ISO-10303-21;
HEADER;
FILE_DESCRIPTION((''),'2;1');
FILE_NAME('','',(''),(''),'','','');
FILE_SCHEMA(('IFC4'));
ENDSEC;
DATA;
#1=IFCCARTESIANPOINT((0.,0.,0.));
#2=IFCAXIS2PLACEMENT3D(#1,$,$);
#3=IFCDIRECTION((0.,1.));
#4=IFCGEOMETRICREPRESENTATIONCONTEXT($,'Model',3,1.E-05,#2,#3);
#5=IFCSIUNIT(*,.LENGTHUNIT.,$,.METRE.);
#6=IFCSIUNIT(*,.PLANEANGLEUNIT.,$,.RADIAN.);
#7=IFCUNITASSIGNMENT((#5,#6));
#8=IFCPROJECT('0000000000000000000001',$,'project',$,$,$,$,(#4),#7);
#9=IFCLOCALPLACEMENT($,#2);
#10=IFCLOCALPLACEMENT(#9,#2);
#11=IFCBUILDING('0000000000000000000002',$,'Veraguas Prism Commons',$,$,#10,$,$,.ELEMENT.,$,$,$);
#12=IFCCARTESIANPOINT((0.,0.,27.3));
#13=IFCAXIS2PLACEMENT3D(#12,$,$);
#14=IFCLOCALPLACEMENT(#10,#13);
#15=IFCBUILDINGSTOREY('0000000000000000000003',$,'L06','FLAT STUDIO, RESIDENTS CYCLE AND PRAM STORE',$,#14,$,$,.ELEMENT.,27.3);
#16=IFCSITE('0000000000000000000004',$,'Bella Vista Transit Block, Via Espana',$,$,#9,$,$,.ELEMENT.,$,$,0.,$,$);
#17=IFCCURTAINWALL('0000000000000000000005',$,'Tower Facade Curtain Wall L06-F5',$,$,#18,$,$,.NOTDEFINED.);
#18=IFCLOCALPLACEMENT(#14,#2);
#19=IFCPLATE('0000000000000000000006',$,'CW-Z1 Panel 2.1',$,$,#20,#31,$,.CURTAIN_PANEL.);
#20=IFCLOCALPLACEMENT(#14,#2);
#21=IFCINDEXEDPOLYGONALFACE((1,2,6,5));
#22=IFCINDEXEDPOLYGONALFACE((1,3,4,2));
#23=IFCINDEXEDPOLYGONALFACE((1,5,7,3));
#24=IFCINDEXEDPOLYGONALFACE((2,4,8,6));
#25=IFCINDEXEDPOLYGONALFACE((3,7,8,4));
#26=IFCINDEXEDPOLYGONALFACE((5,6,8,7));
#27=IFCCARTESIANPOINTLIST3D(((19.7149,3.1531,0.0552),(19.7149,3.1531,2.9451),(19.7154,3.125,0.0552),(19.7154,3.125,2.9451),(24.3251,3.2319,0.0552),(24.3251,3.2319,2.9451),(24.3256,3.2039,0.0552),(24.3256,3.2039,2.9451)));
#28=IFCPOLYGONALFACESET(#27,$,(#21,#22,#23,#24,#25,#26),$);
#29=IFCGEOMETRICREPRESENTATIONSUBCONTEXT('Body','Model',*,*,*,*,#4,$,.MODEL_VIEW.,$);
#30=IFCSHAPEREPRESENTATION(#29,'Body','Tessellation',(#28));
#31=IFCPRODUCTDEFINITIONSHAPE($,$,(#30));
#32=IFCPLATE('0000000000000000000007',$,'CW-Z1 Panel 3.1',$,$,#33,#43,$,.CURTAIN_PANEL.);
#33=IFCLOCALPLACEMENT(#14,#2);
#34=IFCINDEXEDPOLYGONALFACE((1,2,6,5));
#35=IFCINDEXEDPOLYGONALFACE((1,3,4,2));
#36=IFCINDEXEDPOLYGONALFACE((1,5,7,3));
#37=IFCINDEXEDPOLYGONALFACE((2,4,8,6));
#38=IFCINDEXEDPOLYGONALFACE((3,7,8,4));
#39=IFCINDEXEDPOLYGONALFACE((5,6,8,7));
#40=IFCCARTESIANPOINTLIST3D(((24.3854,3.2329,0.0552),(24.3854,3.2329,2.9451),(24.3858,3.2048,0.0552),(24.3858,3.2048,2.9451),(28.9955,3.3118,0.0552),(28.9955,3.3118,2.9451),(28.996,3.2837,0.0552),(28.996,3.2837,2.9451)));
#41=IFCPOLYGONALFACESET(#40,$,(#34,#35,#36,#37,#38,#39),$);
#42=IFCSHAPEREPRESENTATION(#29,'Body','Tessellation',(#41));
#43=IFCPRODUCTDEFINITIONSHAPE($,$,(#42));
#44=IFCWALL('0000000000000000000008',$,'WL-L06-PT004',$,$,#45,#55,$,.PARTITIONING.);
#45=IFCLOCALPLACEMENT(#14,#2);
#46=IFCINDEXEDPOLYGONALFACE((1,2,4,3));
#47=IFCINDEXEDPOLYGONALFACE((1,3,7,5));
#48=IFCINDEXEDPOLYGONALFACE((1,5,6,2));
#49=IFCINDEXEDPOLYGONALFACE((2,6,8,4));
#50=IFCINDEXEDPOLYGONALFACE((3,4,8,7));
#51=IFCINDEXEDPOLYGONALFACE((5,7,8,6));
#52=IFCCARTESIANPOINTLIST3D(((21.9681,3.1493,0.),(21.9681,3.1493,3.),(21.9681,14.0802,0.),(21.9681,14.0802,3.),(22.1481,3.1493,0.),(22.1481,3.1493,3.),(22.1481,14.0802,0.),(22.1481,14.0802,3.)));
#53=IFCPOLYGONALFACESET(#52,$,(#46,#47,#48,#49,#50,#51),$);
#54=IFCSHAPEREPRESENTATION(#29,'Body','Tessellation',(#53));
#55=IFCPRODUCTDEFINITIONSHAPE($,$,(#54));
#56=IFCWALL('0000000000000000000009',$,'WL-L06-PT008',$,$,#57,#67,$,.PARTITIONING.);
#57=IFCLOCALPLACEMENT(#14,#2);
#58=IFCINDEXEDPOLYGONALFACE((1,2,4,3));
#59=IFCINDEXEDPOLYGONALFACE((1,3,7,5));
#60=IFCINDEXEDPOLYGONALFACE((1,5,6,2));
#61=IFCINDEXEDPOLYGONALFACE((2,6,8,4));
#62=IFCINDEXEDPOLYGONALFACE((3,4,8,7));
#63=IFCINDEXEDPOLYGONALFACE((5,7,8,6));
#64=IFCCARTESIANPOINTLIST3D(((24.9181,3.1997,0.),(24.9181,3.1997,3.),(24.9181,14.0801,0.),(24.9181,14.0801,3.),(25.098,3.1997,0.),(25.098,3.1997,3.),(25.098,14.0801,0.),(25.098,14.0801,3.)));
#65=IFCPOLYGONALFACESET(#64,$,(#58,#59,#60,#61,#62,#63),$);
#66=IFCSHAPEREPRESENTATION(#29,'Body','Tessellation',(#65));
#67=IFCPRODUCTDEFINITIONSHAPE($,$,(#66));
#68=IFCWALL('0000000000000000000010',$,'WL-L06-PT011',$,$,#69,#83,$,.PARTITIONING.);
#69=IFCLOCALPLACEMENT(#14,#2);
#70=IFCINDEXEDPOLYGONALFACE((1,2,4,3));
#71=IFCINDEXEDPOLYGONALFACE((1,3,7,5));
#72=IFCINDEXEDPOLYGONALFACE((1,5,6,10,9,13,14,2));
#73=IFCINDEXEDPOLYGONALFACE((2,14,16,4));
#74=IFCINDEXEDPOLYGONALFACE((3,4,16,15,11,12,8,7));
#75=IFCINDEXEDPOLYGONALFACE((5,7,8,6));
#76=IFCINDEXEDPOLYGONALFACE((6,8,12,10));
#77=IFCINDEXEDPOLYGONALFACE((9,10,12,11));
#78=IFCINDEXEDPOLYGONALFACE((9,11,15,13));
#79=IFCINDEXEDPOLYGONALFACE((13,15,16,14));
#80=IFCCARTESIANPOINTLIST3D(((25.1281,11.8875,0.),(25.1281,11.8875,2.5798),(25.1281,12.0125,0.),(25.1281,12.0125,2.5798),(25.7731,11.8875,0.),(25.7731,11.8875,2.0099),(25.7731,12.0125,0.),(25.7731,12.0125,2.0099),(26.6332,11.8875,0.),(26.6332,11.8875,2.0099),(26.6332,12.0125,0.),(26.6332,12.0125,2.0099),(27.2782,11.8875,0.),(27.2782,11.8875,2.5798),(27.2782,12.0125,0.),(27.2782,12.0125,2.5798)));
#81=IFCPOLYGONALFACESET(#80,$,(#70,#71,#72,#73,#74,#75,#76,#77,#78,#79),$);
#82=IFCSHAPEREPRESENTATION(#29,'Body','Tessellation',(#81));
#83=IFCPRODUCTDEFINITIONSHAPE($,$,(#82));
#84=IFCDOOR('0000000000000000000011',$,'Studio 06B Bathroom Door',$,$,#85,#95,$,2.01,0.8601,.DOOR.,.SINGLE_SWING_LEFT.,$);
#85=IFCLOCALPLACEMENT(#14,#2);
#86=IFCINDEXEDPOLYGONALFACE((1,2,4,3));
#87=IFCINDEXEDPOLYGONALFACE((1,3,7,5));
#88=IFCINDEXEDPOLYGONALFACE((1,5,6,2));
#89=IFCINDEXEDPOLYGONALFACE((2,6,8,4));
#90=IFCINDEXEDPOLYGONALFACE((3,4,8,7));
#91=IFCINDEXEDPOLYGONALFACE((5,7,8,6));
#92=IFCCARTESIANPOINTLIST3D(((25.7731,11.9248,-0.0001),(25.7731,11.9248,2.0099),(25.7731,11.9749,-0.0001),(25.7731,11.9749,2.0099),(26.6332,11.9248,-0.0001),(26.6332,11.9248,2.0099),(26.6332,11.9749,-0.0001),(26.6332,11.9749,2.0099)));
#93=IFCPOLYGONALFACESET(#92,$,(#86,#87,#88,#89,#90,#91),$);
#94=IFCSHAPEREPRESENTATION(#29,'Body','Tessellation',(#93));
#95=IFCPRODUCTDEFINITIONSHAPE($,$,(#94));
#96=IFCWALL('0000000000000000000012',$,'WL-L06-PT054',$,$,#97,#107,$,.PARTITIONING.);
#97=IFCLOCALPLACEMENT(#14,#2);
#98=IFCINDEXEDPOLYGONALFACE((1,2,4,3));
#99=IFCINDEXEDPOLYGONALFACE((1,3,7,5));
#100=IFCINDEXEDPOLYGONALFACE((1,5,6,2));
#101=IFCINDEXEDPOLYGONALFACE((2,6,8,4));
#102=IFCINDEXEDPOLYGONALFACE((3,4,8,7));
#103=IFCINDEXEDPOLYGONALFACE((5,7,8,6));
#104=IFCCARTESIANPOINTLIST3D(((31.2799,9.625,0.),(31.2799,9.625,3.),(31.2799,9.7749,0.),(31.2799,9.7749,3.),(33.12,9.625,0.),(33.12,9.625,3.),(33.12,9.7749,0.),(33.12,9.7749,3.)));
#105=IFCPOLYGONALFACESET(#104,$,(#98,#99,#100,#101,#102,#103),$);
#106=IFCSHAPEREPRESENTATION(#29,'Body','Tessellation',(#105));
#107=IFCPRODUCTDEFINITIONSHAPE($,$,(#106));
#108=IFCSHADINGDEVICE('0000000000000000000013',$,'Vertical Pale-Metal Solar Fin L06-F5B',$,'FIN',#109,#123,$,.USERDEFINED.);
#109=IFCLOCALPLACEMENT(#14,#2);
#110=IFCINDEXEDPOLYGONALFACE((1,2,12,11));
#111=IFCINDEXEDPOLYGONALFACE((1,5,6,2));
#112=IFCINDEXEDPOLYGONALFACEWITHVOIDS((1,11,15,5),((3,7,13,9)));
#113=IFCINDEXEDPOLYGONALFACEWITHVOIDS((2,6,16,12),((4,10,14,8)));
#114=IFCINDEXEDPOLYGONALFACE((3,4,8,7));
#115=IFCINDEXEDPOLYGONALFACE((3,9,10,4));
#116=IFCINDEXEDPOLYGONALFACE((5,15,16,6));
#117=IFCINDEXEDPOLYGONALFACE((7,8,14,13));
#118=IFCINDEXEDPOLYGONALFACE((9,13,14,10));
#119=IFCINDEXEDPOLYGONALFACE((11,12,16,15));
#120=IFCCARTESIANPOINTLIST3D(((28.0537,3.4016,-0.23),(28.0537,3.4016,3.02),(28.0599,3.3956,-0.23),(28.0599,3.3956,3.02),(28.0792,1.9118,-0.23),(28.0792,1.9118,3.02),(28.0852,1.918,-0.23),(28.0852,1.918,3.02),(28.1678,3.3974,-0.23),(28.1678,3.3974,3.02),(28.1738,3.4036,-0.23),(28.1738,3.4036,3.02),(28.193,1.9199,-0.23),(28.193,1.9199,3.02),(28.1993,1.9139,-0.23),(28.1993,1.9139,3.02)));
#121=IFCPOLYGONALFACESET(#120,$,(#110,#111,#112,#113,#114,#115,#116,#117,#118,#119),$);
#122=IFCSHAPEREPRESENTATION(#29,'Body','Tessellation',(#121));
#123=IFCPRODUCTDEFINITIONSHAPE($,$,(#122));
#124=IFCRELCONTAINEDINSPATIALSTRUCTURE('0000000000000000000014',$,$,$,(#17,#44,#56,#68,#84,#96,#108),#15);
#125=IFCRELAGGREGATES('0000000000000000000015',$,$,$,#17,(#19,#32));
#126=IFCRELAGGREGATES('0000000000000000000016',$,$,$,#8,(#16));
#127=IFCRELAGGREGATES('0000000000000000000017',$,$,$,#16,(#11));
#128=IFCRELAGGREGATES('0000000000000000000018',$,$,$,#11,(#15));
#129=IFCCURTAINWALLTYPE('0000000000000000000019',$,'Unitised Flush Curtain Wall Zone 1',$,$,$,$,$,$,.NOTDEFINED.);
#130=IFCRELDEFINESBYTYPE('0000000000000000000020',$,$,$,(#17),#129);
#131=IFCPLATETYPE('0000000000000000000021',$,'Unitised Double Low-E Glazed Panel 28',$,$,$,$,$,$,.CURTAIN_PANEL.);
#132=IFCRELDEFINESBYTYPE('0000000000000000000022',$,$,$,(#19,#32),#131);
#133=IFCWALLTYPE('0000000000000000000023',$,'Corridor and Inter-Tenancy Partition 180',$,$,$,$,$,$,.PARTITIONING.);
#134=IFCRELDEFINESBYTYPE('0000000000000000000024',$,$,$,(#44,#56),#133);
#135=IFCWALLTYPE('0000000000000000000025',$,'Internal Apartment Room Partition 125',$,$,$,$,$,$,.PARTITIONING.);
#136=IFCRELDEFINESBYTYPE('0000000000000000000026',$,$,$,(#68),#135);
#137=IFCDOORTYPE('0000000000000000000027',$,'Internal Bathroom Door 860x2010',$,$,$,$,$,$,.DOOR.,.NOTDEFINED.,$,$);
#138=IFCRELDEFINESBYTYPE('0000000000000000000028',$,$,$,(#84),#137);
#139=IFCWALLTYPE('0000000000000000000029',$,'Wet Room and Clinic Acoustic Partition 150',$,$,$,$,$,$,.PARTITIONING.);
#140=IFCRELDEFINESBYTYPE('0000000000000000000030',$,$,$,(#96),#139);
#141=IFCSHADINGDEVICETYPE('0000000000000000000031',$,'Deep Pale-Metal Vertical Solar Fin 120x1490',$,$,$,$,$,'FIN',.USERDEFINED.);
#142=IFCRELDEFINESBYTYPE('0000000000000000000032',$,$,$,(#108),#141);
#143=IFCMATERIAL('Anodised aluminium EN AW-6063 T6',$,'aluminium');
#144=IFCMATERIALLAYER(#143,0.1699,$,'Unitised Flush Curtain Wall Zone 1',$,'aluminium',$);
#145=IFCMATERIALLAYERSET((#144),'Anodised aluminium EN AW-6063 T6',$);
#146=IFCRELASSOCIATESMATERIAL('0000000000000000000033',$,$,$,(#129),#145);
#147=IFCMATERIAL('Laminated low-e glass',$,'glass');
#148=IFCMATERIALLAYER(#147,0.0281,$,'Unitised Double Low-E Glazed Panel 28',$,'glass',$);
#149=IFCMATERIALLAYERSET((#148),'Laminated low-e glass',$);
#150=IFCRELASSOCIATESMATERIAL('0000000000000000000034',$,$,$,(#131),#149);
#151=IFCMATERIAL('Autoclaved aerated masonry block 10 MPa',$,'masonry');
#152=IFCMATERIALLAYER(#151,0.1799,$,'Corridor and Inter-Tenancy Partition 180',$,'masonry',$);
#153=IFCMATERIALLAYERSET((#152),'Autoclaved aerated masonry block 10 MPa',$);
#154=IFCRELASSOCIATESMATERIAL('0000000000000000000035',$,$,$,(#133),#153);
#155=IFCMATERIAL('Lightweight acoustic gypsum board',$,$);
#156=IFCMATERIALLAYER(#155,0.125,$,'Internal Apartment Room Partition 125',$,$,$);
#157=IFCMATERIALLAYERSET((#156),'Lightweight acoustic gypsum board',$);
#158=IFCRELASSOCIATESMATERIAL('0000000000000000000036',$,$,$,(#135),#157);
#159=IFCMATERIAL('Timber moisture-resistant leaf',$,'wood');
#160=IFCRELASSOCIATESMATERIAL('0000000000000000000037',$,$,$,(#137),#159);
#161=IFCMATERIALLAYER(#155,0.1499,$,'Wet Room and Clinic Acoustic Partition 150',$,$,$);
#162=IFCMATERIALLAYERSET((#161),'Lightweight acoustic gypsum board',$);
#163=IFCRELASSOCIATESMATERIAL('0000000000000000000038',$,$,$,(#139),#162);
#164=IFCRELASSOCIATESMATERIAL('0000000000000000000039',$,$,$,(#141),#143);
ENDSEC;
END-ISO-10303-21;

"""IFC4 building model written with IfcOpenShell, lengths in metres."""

from ifc_helpers import new_model, si_unit, direction, frame, frame_2d, origin, origin_2d, place, context, subcontext, project, spatial, rectangle, hollow_rectangle, extrude, source, transform, mapped, material, layer, layer_set, material_profile, profile_set, type_object, element, fill, aggregate, save


model = new_model("IFC4")

# Units and contexts
model_context = context("Model", 3, precision=1e-05, world=origin(), true_north=direction((0.0, 1.0)))
body_context = subcontext(model_context, "Body", "Model", "MODEL_VIEW")
ifc_project = project(units=[si_unit("LENGTHUNIT", "METRE"), si_unit("PLANEANGLEUNIT", "RADIAN")], contexts=[model_context])

# Site, building, storey
site_placement = place(None, origin())
site = spatial("IfcSite", under=ifc_project, at=site_placement, Name="Bella Vista Transit Block, Via Espana", CompositionType="ELEMENT", RefElevation=0.0)
building_placement = place(site_placement, origin())
building = spatial("IfcBuilding", under=site, at=building_placement, Name="Veraguas Prism Commons", CompositionType="ELEMENT")
storey_placement = place(building_placement, frame((0.0, 0.0, 27.3)))
storey = spatial("IfcBuildingStorey", under=building, at=storey_placement, Name="L06", Description="FLAT STUDIO, RESIDENTS CYCLE AND PRAM STORE", CompositionType="ELEMENT", Elevation=27.3)

# Curtain wall, plates
ifc_material_1 = material(Name="Anodised aluminium EN AW-6063 T6", Category="aluminium")
ifc_layer_1 = layer(ifc_material_1, 0.1699, Name="Unitised Flush Curtain Wall Zone 1", Category="aluminium")
ifc_layer_set_1 = layer_set([ifc_layer_1], Name="Anodised aluminium EN AW-6063 T6")
curtain_wall_type = type_object("IfcCurtainWallType", Name="Unitised Flush Curtain Wall Zone 1", PredefinedType="NOTDEFINED", material=ifc_layer_set_1)
curtain_wall_placement = place(storey_placement, origin())
curtain_wall = element("IfcCurtainWall", 1, at=curtain_wall_placement, inside=storey, type_object=curtain_wall_type, Name="Tower Facade Curtain Wall L06-F5", PredefinedType="NOTDEFINED")
ifc_material_2 = material(Name="Laminated low-e glass", Category="glass")
ifc_layer_2 = layer(ifc_material_2, 0.0281, Name="Unitised Double Low-E Glazed Panel 28", Category="glass")
ifc_layer_set_2 = layer_set([ifc_layer_2], Name="Laminated low-e glass")
plate_type = type_object("IfcPlateType", Name="Unitised Double Low-E Glazed Panel 28", PredefinedType="CURTAIN_PANEL", material=ifc_layer_set_2)
shared_shape_1 = source(origin(), body_context, "Body", "SweptSolid", [
    extrude(rectangle(XDim=4.6108, YDim=0.0281, at=origin_2d()), origin(), (0.0, 0.0, 1.0), 2.8899),
])
plate_1_placement = place(storey_placement, frame((22.0203, 3.1785, 0.0552), z_axis=(0.0, 0.0, 1.0), x_axis=(0.999854, 0.017105, 0.0)))
plate_1 = element("IfcPlate", 2, at=plate_1_placement, type_object=plate_type, Name="CW-Z1 Panel 2.1", PredefinedType="CURTAIN_PANEL", context=body_context, shape_type="MappedRepresentation", body=[
    mapped(shared_shape_1, transform((0.0, 0.0, 0.0), scale=1.0)),
])
plate_2_placement = place(storey_placement, frame((26.6907, 3.2583, 0.0552), z_axis=(0.0, 0.0, 1.0), x_axis=(0.999854, 0.017105, 0.0)))
plate_2 = element("IfcPlate", 3, at=plate_2_placement, type_object=plate_type, Name="CW-Z1 Panel 3.1", PredefinedType="CURTAIN_PANEL", context=body_context, shape_type="MappedRepresentation", body=[
    mapped(shared_shape_1, transform((0.0, 0.0, 0.0), scale=1.0)),
])
aggregate(curtain_wall, [plate_1, plate_2])

# Walls
ifc_material_3 = material(Name="Autoclaved aerated masonry block 10 MPa", Category="masonry")
ifc_layer_3 = layer(ifc_material_3, 0.1799, Name="Corridor and Inter-Tenancy Partition 180", Category="masonry")
ifc_layer_set_3 = layer_set([ifc_layer_3], Name="Autoclaved aerated masonry block 10 MPa")
wall_type_1 = type_object("IfcWallType", Name="Corridor and Inter-Tenancy Partition 180", PredefinedType="PARTITIONING", material=ifc_layer_set_3)
wall_1_placement = place(storey_placement, frame((22.0581, 14.0801, 0.0), z_axis=(0.0, 0.0, 1.0), x_axis=(0.0, -1.0, 0.0)))
element("IfcWall", 4, at=wall_1_placement, inside=storey, type_object=wall_type_1, Name="WL-L06-PT004", PredefinedType="PARTITIONING", context=body_context, shape_type="SweptSolid", body=[
    extrude(rectangle(XDim=10.9309, YDim=0.1799, at=frame_2d((5.4653, 0.0))), origin(), (0.0, 0.0, 1.0), 3.0),
])
wall_2_placement = place(storey_placement, frame((25.0081, 14.0801, 0.0), z_axis=(0.0, 0.0, 1.0), x_axis=(0.0, -1.0, 0.0)))
element("IfcWall", 5, at=wall_2_placement, inside=storey, type_object=wall_type_1, Name="WL-L06-PT008", PredefinedType="PARTITIONING", context=body_context, shape_type="SweptSolid", body=[
    extrude(rectangle(XDim=10.8804, YDim=0.1799, at=frame_2d((5.4402, 0.0))), origin(), (0.0, 0.0, 1.0), 3.0),
])

# Wall, opening, door
ifc_material_4 = material(Name="Lightweight acoustic gypsum board")
ifc_layer_4 = layer(ifc_material_4, 0.125, Name="Internal Apartment Room Partition 125")
ifc_layer_set_4 = layer_set([ifc_layer_4], Name="Lightweight acoustic gypsum board")
wall_type_2 = type_object("IfcWallType", Name="Internal Apartment Room Partition 125", PredefinedType="PARTITIONING", material=ifc_layer_set_4)
wall_3_placement = place(storey_placement, frame((25.1279, 11.95, 0.0), z_axis=(0.0, 0.0, 1.0), x_axis=(1.0, 0.0, 0.0)))
wall_3 = element("IfcWall", 6, at=wall_3_placement, inside=storey, type_object=wall_type_2, Name="WL-L06-PT011", PredefinedType="PARTITIONING", context=body_context, shape_type="SweptSolid", body=[
    extrude(rectangle(XDim=2.1501, YDim=0.125, at=frame_2d((1.0752, 0.0))), origin(), (0.0, 0.0, 1.0), 2.5798),
])
opening_placement = place(wall_3_placement, frame((0.645, 0.0, 0.0)))
opening = element("IfcOpeningElement", 7, at=opening_placement, cuts=wall_3, PredefinedType="OPENING", context=body_context, shape_type="SweptSolid", body=[
    extrude(rectangle(XDim=0.8601, YDim=2.01, at=frame_2d((0.4302, 1.0049))), frame((0.0, 0.0725, 0.0), z_axis=(0.0, -1.0, 0.0), x_axis=(1.0, 0.0, 0.0)), (0.0, 0.0, 1.0), 0.145),
])
ifc_material_5 = material(Name="Timber moisture-resistant leaf", Category="wood")
door_type = type_object("IfcDoorType", Name="Internal Bathroom Door 860x2010", OperationType="NOTDEFINED", PredefinedType="DOOR", material=ifc_material_5)
shared_shape_2 = source(origin(), body_context, "Body", "SweptSolid", [
    extrude(rectangle(XDim=0.8601, YDim=2.01, at=frame_2d((0.4302, 1.0049))), frame((0.0, 0.0249, 0.0), z_axis=(0.0, -1.0, 0.0), x_axis=(1.0, 0.0, 0.0)), (0.0, 0.0, 1.0), 0.05),
])
door_placement = place(opening_placement, origin())
door = element("IfcDoor", 8, at=door_placement, inside=storey, type_object=door_type, Name="Studio 06B Bathroom Door", OperationType="SINGLE_SWING_LEFT", OverallHeight=2.01, OverallWidth=0.8601, PredefinedType="DOOR", context=body_context, shape_type="MappedRepresentation", body=[
    mapped(shared_shape_2, transform((0.0, 0.0, 0.0), scale=1.0)),
])
fill(opening, door)

# Wall
ifc_layer_5 = layer(ifc_material_4, 0.1499, Name="Wet Room and Clinic Acoustic Partition 150")
ifc_layer_set_5 = layer_set([ifc_layer_5], Name="Lightweight acoustic gypsum board")
wall_type_3 = type_object("IfcWallType", Name="Wet Room and Clinic Acoustic Partition 150", PredefinedType="PARTITIONING", material=ifc_layer_set_5)
wall_4_placement = place(storey_placement, frame((31.28, 9.7, 0.0), z_axis=(0.0, 0.0, 1.0), x_axis=(1.0, 0.0, 0.0)))
element("IfcWall", 9, at=wall_4_placement, inside=storey, type_object=wall_type_3, Name="WL-L06-PT054", PredefinedType="PARTITIONING", context=body_context, shape_type="SweptSolid", body=[
    extrude(rectangle(XDim=1.8401, YDim=0.1499, at=frame_2d((0.9199, 0.0))), origin(), (0.0, 0.0, 1.0), 3.0),
])

# Shading device
ifc_material_profile_1 = material_profile(ifc_material_1, hollow_rectangle(XDim=0.1201, YDim=1.49, WallThickness=0.0061, at=origin_2d()), Name="FIN120X1490X6")
ifc_profile_set_1 = profile_set([ifc_material_profile_1], Name="Anodised aluminium EN AW-6063 T6")
shading_device_type = type_object("IfcShadingDeviceType", Name="Deep Pale-Metal Vertical Solar Fin 120x1490", ElementType="FIN", PredefinedType="USERDEFINED", material=ifc_profile_set_1)
shading_device_placement = place(storey_placement, frame((28.1265, 2.6577, -0.23), z_axis=(0.0, 0.0, 1.0), x_axis=(0.999854, 0.017103, 0.0)))
element("IfcShadingDevice", 10, at=shading_device_placement, inside=storey, type_object=shading_device_type, Name="Vertical Pale-Metal Solar Fin L06-F5B", ObjectType="FIN", PredefinedType="USERDEFINED", context=body_context, shape_type="SweptSolid", body=[
    extrude(hollow_rectangle(XDim=0.1201, YDim=1.49, WallThickness=0.0061, at=origin_2d()), origin(), (0.0, 0.0, 1.0), 3.25),
])

save(model, "model.ifc")
